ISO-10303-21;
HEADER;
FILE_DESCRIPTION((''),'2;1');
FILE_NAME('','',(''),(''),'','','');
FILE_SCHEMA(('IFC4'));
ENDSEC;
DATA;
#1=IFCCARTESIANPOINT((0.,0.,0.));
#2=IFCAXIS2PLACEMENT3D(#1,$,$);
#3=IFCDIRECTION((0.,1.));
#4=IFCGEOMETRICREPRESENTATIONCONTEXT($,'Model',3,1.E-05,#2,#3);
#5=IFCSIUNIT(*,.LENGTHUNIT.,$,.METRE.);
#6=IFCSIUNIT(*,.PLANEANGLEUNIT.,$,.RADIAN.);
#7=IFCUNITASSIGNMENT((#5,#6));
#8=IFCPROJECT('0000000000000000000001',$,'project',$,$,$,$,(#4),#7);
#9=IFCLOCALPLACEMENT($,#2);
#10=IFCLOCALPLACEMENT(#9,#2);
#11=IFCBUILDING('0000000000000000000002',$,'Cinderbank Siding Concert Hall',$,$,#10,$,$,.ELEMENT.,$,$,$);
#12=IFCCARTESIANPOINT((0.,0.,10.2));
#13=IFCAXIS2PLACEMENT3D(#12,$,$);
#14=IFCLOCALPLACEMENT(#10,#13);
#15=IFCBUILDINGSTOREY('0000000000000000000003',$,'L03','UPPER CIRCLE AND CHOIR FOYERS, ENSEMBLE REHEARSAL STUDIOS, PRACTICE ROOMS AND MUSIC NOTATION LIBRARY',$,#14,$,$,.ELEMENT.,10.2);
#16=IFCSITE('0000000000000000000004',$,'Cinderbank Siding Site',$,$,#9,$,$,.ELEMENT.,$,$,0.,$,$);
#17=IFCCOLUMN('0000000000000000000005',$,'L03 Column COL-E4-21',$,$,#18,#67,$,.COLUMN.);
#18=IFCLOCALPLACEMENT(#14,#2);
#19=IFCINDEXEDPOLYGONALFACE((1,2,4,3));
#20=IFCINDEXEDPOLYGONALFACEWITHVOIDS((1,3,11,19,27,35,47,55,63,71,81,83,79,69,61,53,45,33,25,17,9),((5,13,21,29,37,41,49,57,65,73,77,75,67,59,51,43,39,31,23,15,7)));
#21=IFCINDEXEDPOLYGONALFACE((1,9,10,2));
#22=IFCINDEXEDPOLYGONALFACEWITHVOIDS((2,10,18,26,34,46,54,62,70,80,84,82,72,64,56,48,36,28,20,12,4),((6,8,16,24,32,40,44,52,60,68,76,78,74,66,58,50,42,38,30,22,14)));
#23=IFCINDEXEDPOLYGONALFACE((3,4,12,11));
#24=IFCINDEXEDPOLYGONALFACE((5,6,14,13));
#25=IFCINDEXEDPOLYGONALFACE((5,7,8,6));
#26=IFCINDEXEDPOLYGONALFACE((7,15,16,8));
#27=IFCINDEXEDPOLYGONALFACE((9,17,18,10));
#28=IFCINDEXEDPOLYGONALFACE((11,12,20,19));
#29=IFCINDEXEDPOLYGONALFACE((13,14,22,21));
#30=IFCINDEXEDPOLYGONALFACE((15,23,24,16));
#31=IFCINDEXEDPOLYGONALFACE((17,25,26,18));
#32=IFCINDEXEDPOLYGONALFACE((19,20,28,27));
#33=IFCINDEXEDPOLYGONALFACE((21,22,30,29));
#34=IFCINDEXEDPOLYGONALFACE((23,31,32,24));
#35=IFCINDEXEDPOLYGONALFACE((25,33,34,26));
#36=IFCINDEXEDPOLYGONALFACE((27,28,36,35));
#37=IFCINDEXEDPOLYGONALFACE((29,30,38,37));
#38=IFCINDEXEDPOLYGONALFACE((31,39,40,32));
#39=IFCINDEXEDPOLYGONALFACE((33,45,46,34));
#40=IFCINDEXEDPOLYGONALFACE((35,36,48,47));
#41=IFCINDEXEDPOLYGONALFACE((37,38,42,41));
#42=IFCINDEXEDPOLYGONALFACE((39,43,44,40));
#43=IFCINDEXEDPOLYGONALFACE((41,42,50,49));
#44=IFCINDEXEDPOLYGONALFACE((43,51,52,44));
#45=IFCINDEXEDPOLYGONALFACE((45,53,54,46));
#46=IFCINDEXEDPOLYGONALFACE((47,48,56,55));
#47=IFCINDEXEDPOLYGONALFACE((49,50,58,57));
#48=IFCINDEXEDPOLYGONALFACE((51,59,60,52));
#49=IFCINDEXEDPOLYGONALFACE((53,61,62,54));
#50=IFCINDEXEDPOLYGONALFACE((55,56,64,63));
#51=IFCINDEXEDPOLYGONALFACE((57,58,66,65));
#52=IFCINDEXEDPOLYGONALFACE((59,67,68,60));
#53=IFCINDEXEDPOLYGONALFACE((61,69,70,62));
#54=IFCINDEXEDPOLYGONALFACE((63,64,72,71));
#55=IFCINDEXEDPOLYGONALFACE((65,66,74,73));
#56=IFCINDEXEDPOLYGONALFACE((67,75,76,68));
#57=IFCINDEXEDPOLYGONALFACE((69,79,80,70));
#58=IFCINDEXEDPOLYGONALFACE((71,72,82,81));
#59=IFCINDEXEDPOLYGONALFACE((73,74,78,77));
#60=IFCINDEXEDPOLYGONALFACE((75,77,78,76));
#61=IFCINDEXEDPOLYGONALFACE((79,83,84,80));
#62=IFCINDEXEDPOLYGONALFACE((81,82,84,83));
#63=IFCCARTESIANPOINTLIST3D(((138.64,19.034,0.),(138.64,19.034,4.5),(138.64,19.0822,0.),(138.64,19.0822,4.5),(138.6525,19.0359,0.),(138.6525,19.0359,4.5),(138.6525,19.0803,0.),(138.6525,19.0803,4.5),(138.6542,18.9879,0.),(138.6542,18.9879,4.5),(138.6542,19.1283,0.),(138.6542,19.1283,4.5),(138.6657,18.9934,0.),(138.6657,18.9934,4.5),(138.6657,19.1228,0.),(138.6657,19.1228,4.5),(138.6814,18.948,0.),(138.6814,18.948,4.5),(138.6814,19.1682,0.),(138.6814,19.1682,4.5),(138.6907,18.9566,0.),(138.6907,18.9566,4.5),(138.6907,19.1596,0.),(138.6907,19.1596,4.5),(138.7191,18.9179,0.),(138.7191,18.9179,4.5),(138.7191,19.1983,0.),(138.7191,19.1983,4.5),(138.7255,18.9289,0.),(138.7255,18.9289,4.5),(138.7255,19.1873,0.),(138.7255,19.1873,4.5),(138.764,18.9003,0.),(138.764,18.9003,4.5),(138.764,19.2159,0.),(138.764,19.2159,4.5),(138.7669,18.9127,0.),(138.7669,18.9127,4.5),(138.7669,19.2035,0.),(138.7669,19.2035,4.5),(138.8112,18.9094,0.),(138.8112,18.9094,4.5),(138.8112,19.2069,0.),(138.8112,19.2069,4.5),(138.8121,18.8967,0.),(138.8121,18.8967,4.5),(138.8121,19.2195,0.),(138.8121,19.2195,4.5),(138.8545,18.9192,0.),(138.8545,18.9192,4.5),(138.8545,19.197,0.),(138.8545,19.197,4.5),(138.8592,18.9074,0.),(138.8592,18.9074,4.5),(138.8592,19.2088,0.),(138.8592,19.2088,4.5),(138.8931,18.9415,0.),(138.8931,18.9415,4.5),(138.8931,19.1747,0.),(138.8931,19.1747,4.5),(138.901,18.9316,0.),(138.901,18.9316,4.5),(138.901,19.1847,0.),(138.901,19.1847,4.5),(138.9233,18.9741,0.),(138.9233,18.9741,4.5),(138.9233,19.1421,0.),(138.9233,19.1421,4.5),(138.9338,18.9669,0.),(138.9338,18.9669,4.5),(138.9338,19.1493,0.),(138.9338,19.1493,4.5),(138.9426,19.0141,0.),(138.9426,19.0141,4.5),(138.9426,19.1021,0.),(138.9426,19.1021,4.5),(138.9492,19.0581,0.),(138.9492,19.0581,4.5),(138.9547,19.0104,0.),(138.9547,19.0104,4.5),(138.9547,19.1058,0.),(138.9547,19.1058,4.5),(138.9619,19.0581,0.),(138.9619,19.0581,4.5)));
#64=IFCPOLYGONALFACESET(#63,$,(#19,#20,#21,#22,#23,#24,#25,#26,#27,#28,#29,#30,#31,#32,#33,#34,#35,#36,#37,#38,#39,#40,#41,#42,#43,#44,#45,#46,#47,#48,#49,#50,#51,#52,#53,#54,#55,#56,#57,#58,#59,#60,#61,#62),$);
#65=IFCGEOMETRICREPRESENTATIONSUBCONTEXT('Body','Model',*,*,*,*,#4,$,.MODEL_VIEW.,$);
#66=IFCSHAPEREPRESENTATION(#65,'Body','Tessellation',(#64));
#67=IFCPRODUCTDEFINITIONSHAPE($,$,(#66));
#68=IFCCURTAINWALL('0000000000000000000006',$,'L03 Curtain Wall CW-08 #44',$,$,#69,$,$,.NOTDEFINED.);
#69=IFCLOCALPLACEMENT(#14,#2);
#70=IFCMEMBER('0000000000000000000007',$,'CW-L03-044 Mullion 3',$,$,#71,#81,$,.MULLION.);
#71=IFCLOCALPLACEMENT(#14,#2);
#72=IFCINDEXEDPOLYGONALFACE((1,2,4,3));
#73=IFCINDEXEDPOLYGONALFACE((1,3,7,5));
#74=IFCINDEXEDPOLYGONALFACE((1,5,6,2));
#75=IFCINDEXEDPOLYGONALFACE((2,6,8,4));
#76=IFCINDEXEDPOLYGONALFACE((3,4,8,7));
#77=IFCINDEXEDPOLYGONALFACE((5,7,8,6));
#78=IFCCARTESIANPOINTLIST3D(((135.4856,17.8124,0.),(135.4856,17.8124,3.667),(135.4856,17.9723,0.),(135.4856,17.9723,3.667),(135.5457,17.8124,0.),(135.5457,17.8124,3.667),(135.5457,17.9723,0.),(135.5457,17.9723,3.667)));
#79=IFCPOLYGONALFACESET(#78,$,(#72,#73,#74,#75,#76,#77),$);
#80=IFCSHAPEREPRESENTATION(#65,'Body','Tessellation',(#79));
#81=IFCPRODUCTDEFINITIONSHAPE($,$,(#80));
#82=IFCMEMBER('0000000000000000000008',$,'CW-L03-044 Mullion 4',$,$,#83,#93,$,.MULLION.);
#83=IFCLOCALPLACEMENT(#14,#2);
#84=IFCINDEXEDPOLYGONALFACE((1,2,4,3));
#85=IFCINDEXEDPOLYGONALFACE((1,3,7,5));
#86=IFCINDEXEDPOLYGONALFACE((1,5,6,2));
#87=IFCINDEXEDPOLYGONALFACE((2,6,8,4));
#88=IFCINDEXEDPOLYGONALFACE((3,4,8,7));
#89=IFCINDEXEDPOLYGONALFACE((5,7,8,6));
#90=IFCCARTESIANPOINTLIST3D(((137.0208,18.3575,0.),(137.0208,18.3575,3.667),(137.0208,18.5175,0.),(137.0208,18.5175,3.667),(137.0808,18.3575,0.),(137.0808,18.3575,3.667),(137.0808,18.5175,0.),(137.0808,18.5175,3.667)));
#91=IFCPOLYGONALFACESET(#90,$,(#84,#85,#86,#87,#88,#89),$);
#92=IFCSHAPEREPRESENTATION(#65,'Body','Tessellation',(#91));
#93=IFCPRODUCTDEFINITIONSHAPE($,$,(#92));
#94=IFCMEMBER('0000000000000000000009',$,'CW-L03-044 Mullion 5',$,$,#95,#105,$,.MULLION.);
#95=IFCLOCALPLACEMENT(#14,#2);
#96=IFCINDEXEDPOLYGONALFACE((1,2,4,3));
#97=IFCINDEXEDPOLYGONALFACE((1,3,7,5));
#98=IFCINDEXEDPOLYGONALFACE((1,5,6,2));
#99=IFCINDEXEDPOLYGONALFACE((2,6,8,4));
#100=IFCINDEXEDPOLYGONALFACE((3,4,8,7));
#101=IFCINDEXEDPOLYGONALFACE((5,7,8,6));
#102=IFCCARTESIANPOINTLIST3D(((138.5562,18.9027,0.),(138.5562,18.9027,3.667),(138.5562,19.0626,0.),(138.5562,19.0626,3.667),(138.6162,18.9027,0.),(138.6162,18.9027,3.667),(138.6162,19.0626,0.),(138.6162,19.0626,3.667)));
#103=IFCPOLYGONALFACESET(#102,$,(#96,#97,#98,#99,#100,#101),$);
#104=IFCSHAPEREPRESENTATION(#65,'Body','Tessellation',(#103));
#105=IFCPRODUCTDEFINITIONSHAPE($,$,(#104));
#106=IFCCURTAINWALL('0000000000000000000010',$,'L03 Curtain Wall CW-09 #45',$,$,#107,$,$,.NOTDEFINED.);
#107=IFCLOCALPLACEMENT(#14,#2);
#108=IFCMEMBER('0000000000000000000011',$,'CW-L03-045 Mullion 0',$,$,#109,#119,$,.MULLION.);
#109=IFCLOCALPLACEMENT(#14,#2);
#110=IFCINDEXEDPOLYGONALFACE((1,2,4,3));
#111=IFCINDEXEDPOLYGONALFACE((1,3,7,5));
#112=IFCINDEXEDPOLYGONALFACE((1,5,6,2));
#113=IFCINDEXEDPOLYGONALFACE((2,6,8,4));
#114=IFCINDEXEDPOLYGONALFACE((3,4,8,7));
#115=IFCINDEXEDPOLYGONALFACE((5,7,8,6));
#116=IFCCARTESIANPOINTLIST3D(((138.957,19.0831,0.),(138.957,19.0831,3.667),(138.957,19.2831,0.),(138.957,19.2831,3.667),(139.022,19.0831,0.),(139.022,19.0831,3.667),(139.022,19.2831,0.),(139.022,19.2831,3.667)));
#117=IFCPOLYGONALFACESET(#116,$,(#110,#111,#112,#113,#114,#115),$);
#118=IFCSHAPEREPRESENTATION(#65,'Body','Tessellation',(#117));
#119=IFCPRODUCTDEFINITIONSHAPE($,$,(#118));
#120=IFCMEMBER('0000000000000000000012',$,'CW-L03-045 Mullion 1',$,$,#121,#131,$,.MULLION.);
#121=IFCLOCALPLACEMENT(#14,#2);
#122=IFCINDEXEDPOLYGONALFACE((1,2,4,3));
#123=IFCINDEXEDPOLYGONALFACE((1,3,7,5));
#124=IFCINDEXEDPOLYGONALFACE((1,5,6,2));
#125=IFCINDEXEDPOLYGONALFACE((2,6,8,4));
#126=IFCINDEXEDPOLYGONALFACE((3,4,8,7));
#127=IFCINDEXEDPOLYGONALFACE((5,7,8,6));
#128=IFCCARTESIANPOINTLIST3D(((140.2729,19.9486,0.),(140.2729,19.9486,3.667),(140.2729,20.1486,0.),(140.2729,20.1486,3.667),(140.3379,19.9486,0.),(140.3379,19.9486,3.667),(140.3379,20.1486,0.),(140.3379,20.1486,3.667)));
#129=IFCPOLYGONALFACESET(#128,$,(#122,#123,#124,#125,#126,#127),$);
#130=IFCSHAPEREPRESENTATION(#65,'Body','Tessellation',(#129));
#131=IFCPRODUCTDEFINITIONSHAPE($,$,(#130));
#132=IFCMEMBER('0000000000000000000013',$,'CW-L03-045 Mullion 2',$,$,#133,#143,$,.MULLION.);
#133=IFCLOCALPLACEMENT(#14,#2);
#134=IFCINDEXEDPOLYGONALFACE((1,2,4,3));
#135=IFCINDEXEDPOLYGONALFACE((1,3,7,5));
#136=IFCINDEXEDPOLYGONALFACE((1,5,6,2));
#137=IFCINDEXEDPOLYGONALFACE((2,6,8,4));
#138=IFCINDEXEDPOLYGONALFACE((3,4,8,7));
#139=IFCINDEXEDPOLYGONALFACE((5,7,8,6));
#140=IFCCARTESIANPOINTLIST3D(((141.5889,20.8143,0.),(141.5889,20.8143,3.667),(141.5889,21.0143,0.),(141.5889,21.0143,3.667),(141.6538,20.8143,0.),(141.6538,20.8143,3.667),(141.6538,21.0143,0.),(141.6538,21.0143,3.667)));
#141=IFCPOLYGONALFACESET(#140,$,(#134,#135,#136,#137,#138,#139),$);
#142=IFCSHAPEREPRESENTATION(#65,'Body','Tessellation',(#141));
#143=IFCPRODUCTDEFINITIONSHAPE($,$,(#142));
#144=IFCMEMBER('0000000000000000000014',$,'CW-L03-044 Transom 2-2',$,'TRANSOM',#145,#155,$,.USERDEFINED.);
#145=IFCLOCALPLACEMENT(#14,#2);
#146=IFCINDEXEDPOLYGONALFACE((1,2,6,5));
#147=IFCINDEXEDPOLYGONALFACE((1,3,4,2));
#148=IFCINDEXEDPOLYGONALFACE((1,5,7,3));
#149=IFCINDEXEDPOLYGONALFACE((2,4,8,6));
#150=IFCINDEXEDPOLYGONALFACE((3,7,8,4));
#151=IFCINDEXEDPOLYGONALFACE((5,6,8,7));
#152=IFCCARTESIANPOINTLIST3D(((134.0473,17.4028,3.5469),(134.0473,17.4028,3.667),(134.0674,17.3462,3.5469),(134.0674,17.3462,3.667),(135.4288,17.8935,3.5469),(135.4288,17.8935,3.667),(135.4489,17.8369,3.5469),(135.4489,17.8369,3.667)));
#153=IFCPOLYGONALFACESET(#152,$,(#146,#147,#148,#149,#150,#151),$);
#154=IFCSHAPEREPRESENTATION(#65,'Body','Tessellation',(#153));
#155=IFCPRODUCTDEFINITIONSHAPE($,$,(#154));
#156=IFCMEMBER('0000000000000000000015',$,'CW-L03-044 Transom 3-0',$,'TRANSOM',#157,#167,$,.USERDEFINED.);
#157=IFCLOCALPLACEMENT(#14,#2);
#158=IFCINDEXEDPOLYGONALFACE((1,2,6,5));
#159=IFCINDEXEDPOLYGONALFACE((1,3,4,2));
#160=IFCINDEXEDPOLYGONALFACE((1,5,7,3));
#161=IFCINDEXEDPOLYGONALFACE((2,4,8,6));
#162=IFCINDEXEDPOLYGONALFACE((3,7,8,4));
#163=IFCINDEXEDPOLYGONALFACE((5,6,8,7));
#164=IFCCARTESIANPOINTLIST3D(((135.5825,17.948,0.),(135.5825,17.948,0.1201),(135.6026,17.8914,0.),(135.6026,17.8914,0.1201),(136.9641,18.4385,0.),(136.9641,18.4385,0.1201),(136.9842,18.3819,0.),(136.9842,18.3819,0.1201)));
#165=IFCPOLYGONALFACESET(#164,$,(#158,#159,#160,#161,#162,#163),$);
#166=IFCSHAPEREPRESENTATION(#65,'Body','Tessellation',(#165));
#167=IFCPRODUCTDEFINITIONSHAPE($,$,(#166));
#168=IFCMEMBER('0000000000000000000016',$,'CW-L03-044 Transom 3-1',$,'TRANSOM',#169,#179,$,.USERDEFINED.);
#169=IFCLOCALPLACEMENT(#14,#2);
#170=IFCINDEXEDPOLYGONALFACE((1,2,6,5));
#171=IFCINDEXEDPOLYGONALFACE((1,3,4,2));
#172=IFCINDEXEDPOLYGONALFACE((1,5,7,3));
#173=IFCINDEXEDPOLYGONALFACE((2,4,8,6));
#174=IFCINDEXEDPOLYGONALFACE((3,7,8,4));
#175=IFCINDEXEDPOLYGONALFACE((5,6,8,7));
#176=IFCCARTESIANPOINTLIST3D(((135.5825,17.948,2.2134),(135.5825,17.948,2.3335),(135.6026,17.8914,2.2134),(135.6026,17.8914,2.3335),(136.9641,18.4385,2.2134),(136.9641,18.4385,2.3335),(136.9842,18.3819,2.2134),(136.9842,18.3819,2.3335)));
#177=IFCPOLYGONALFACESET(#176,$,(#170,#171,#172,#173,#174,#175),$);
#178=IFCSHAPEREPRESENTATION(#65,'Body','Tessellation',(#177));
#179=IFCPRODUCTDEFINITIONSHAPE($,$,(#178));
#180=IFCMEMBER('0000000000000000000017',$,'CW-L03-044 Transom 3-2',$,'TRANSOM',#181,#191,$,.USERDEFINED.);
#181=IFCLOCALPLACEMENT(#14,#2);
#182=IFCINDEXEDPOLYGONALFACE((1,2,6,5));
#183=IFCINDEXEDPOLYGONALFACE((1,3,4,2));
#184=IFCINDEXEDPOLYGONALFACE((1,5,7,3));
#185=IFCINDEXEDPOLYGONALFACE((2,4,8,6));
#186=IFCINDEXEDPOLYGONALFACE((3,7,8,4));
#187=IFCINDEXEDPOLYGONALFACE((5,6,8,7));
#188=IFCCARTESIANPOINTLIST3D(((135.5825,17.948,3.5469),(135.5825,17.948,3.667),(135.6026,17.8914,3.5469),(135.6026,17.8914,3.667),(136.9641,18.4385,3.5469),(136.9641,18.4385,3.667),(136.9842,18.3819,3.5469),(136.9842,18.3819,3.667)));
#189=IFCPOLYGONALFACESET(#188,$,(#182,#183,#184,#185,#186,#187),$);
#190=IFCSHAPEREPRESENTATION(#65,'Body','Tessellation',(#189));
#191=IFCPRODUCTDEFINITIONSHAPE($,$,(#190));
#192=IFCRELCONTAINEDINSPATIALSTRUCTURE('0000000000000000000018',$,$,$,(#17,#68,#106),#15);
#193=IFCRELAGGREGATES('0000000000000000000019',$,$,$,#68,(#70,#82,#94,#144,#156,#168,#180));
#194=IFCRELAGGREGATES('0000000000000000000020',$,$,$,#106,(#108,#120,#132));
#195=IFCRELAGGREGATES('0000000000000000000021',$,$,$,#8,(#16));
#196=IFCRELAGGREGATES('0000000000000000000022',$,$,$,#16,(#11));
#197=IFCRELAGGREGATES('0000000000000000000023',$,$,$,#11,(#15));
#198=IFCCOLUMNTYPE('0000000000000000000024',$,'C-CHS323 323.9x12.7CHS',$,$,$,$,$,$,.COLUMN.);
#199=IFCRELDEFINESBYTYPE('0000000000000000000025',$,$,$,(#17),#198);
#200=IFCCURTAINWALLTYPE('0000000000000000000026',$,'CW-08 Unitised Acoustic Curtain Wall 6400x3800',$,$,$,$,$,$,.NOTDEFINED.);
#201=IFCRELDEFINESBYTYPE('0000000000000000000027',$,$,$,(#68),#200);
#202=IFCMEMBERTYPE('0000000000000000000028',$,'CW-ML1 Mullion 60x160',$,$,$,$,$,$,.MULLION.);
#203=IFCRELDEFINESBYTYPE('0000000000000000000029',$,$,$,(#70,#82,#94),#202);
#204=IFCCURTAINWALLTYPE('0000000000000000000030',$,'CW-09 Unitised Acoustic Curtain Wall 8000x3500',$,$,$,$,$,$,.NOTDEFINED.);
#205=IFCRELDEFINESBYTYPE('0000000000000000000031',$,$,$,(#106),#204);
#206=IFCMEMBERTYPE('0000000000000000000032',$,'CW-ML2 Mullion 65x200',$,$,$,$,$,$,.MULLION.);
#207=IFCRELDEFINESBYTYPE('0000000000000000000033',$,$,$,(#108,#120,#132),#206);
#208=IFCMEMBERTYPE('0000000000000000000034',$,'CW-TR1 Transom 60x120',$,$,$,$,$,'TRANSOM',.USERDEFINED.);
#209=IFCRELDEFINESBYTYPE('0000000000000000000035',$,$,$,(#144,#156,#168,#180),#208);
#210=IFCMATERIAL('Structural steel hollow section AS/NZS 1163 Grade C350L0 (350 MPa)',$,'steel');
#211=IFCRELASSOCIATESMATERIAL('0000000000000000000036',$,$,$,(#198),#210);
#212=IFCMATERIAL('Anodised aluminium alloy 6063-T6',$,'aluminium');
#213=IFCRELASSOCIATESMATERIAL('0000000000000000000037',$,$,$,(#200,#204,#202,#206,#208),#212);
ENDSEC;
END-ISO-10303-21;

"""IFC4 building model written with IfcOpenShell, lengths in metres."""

from ifc_helpers import new_model, si_unit, direction, frame, origin, origin_2d, place, context, subcontext, project, spatial, rectangle, hollow_circle, extrude, material, material_profile, profile_set, type_object, element, aggregate, save


model = new_model("IFC4")

# Units and contexts
model_context = context("Model", 3, precision=1e-05, world=origin(), true_north=direction((0.0, 1.0)))
body_context = subcontext(model_context, "Body", "Model", "MODEL_VIEW")
ifc_project = project(units=[si_unit("LENGTHUNIT", "METRE"), si_unit("PLANEANGLEUNIT", "RADIAN")], contexts=[model_context])

# Site, building, storey
site_placement = place(None, origin())
site = spatial("IfcSite", under=ifc_project, at=site_placement, Name="Cinderbank Siding Site", CompositionType="ELEMENT", RefElevation=0.0)
building_placement = place(site_placement, origin())
building = spatial("IfcBuilding", under=site, at=building_placement, Name="Cinderbank Siding Concert Hall", CompositionType="ELEMENT")
storey_placement = place(building_placement, frame((0.0, 0.0, 10.2)))
storey = spatial("IfcBuildingStorey", under=building, at=storey_placement, Name="L03", Description="UPPER CIRCLE AND CHOIR FOYERS, ENSEMBLE REHEARSAL STUDIOS, PRACTICE ROOMS AND MUSIC NOTATION LIBRARY", CompositionType="ELEMENT", Elevation=10.2)

# Column
ifc_material_1 = material(Name="Structural steel hollow section AS/NZS 1163 Grade C350L0 (350 MPa)", Category="steel")
ifc_material_profile_1 = material_profile(ifc_material_1, hollow_circle(Radius=0.1619, WallThickness=0.0127, at=origin_2d()), Name="323.9x12.7CHS", Category="LoadBearing")
ifc_profile_set_1 = profile_set([ifc_material_profile_1], Name="Structural steel hollow section AS/NZS 1163 Grade C350L0 (350 MPa)")
column_type = type_object("IfcColumnType", Name="C-CHS323 323.9x12.7CHS", PredefinedType="COLUMN", material=ifc_profile_set_1)
column_placement = place(storey_placement, frame((138.8, 19.0581, 0.0), z_axis=(0.0, 0.0, 1.0), x_axis=(1.0, 0.0, 0.0)))
element("IfcColumn", 1, at=column_placement, inside=storey, type_object=column_type, Name="L03 Column COL-E4-21", PredefinedType="COLUMN", context=body_context, shape_type="SweptSolid", body=[
    extrude(hollow_circle(Radius=0.1619, WallThickness=0.0127, at=origin_2d()), origin(), (0.0, 0.0, 1.0), 4.5),
])

# Curtain walls, members
ifc_material_2 = material(Name="Anodised aluminium alloy 6063-T6", Category="aluminium")
curtain_wall_type_1 = type_object("IfcCurtainWallType", Name="CW-08 Unitised Acoustic Curtain Wall 6400x3800", PredefinedType="NOTDEFINED", material=ifc_material_2)
curtain_wall_1_placement = place(storey_placement, origin())
curtain_wall_1 = element("IfcCurtainWall", 2, at=curtain_wall_1_placement, inside=storey, type_object=curtain_wall_type_1, Name="L03 Curtain Wall CW-08 #44", PredefinedType="NOTDEFINED")
ifc_material_profile_2 = material_profile(ifc_material_2, rectangle(XDim=0.0601, YDim=0.1599, at=origin_2d()), Name="ALU-MULL-60x160", Category="LoadBearing")
ifc_profile_set_2 = profile_set([ifc_material_profile_2], Name="Anodised aluminium alloy 6063-T6")
member_type_1 = type_object("IfcMemberType", Name="CW-ML1 Mullion 60x160", PredefinedType="MULLION", material=ifc_profile_set_2)
member_1_placement = place(storey_placement, frame((135.5156, 17.8923, 0.0), z_axis=(0.0, 0.0, 1.0), x_axis=(1.0, 0.0, 0.0)))
member_1 = element("IfcMember", 3, at=member_1_placement, type_object=member_type_1, Name="CW-L03-044 Mullion 3", PredefinedType="MULLION", context=body_context, shape_type="SweptSolid", body=[
    extrude(rectangle(XDim=0.0601, YDim=0.1599, at=origin_2d()), origin(), (0.0, 0.0, 1.0), 3.667),
])
member_2_placement = place(storey_placement, frame((137.0508, 18.4375, 0.0), z_axis=(0.0, 0.0, 1.0), x_axis=(1.0, 0.0, 0.0)))
member_2 = element("IfcMember", 4, at=member_2_placement, type_object=member_type_1, Name="CW-L03-044 Mullion 4", PredefinedType="MULLION", context=body_context, shape_type="SweptSolid", body=[
    extrude(rectangle(XDim=0.0601, YDim=0.1599, at=origin_2d()), origin(), (0.0, 0.0, 1.0), 3.667),
])
member_3_placement = place(storey_placement, frame((138.5862, 18.9827, 0.0), z_axis=(0.0, 0.0, 1.0), x_axis=(1.0, 0.0, 0.0)))
member_3 = element("IfcMember", 5, at=member_3_placement, type_object=member_type_1, Name="CW-L03-044 Mullion 5", PredefinedType="MULLION", context=body_context, shape_type="SweptSolid", body=[
    extrude(rectangle(XDim=0.0601, YDim=0.1599, at=origin_2d()), origin(), (0.0, 0.0, 1.0), 3.667),
])
curtain_wall_type_2 = type_object("IfcCurtainWallType", Name="CW-09 Unitised Acoustic Curtain Wall 8000x3500", PredefinedType="NOTDEFINED", material=ifc_material_2)
curtain_wall_2_placement = place(storey_placement, origin())
curtain_wall_2 = element("IfcCurtainWall", 6, at=curtain_wall_2_placement, inside=storey, type_object=curtain_wall_type_2, Name="L03 Curtain Wall CW-09 #45", PredefinedType="NOTDEFINED")
ifc_material_profile_3 = material_profile(ifc_material_2, rectangle(XDim=0.0649, YDim=0.2, at=origin_2d()), Name="ALU-MULL-65x200", Category="LoadBearing")
ifc_profile_set_3 = profile_set([ifc_material_profile_3], Name="Anodised aluminium alloy 6063-T6")
member_type_2 = type_object("IfcMemberType", Name="CW-ML2 Mullion 65x200", PredefinedType="MULLION", material=ifc_profile_set_3)
member_4_placement = place(storey_placement, frame((138.9895, 19.1831, 0.0), z_axis=(0.0, 0.0, 1.0), x_axis=(1.0, 0.0, 0.0)))
member_4 = element("IfcMember", 7, at=member_4_placement, type_object=member_type_2, Name="CW-L03-045 Mullion 0", PredefinedType="MULLION", context=body_context, shape_type="SweptSolid", body=[
    extrude(rectangle(XDim=0.0649, YDim=0.2, at=origin_2d()), origin(), (0.0, 0.0, 1.0), 3.667),
])
member_5_placement = place(storey_placement, frame((140.3054, 20.0486, 0.0), z_axis=(0.0, 0.0, 1.0), x_axis=(1.0, 0.0, 0.0)))
member_5 = element("IfcMember", 8, at=member_5_placement, type_object=member_type_2, Name="CW-L03-045 Mullion 1", PredefinedType="MULLION", context=body_context, shape_type="SweptSolid", body=[
    extrude(rectangle(XDim=0.0649, YDim=0.2, at=origin_2d()), origin(), (0.0, 0.0, 1.0), 3.667),
])
member_6_placement = place(storey_placement, frame((141.6213, 20.9143, 0.0), z_axis=(0.0, 0.0, 1.0), x_axis=(1.0, 0.0, 0.0)))
member_6 = element("IfcMember", 9, at=member_6_placement, type_object=member_type_2, Name="CW-L03-045 Mullion 2", PredefinedType="MULLION", context=body_context, shape_type="SweptSolid", body=[
    extrude(rectangle(XDim=0.0649, YDim=0.2, at=origin_2d()), origin(), (0.0, 0.0, 1.0), 3.667),
])

# Members
ifc_material_profile_4 = material_profile(ifc_material_2, rectangle(XDim=0.0601, YDim=0.1201, at=origin_2d()), Name="ALU-TRAN-60x120", Category="LoadBearing")
ifc_profile_set_4 = profile_set([ifc_material_profile_4], Name="Anodised aluminium alloy 6063-T6")
member_type_3 = type_object("IfcMemberType", Name="CW-TR1 Transom 60x120", ElementType="TRANSOM", PredefinedType="USERDEFINED", material=ifc_profile_set_4)
member_7_placement = place(storey_placement, frame((134.0574, 17.3745, 3.6069), z_axis=(0.942324, 0.334701, 0.0), x_axis=(-0.334701, 0.942324, 0.0)))
member_7 = element("IfcMember", 10, at=member_7_placement, type_object=member_type_3, Name="CW-L03-044 Transom 2-2", ObjectType="TRANSOM", PredefinedType="USERDEFINED", context=body_context, shape_type="SweptSolid", body=[
    extrude(rectangle(XDim=0.0601, YDim=0.1201, at=origin_2d()), origin(), (0.0, 0.0, 1.0), 1.4661),
])
member_8_placement = place(storey_placement, frame((135.5925, 17.9197, 0.0601), z_axis=(0.942377, 0.334553, 0.0), x_axis=(-0.334553, 0.942377, 0.0)))
member_8 = element("IfcMember", 11, at=member_8_placement, type_object=member_type_3, Name="CW-L03-044 Transom 3-0", ObjectType="TRANSOM", PredefinedType="USERDEFINED", context=body_context, shape_type="SweptSolid", body=[
    extrude(rectangle(XDim=0.0601, YDim=0.1201, at=origin_2d()), origin(), (0.0, 0.0, 1.0), 1.4661),
])
member_9_placement = place(storey_placement, frame((135.5925, 17.9197, 2.2734), z_axis=(0.942377, 0.334553, 0.0), x_axis=(-0.334553, 0.942377, 0.0)))
member_9 = element("IfcMember", 12, at=member_9_placement, type_object=member_type_3, Name="CW-L03-044 Transom 3-1", ObjectType="TRANSOM", PredefinedType="USERDEFINED", context=body_context, shape_type="SweptSolid", body=[
    extrude(rectangle(XDim=0.0601, YDim=0.1201, at=origin_2d()), origin(), (0.0, 0.0, 1.0), 1.4661),
])
member_10_placement = place(storey_placement, frame((135.5925, 17.9197, 3.6069), z_axis=(0.942377, 0.334553, 0.0), x_axis=(-0.334553, 0.942377, 0.0)))
member_10 = element("IfcMember", 13, at=member_10_placement, type_object=member_type_3, Name="CW-L03-044 Transom 3-2", ObjectType="TRANSOM", PredefinedType="USERDEFINED", context=body_context, shape_type="SweptSolid", body=[
    extrude(rectangle(XDim=0.0601, YDim=0.1201, at=origin_2d()), origin(), (0.0, 0.0, 1.0), 1.4661),
])

aggregate(curtain_wall_1, [member_1, member_2, member_3, member_7, member_8, member_9, member_10])
aggregate(curtain_wall_2, [member_4, member_5, member_6])

save(model, "model.ifc")
